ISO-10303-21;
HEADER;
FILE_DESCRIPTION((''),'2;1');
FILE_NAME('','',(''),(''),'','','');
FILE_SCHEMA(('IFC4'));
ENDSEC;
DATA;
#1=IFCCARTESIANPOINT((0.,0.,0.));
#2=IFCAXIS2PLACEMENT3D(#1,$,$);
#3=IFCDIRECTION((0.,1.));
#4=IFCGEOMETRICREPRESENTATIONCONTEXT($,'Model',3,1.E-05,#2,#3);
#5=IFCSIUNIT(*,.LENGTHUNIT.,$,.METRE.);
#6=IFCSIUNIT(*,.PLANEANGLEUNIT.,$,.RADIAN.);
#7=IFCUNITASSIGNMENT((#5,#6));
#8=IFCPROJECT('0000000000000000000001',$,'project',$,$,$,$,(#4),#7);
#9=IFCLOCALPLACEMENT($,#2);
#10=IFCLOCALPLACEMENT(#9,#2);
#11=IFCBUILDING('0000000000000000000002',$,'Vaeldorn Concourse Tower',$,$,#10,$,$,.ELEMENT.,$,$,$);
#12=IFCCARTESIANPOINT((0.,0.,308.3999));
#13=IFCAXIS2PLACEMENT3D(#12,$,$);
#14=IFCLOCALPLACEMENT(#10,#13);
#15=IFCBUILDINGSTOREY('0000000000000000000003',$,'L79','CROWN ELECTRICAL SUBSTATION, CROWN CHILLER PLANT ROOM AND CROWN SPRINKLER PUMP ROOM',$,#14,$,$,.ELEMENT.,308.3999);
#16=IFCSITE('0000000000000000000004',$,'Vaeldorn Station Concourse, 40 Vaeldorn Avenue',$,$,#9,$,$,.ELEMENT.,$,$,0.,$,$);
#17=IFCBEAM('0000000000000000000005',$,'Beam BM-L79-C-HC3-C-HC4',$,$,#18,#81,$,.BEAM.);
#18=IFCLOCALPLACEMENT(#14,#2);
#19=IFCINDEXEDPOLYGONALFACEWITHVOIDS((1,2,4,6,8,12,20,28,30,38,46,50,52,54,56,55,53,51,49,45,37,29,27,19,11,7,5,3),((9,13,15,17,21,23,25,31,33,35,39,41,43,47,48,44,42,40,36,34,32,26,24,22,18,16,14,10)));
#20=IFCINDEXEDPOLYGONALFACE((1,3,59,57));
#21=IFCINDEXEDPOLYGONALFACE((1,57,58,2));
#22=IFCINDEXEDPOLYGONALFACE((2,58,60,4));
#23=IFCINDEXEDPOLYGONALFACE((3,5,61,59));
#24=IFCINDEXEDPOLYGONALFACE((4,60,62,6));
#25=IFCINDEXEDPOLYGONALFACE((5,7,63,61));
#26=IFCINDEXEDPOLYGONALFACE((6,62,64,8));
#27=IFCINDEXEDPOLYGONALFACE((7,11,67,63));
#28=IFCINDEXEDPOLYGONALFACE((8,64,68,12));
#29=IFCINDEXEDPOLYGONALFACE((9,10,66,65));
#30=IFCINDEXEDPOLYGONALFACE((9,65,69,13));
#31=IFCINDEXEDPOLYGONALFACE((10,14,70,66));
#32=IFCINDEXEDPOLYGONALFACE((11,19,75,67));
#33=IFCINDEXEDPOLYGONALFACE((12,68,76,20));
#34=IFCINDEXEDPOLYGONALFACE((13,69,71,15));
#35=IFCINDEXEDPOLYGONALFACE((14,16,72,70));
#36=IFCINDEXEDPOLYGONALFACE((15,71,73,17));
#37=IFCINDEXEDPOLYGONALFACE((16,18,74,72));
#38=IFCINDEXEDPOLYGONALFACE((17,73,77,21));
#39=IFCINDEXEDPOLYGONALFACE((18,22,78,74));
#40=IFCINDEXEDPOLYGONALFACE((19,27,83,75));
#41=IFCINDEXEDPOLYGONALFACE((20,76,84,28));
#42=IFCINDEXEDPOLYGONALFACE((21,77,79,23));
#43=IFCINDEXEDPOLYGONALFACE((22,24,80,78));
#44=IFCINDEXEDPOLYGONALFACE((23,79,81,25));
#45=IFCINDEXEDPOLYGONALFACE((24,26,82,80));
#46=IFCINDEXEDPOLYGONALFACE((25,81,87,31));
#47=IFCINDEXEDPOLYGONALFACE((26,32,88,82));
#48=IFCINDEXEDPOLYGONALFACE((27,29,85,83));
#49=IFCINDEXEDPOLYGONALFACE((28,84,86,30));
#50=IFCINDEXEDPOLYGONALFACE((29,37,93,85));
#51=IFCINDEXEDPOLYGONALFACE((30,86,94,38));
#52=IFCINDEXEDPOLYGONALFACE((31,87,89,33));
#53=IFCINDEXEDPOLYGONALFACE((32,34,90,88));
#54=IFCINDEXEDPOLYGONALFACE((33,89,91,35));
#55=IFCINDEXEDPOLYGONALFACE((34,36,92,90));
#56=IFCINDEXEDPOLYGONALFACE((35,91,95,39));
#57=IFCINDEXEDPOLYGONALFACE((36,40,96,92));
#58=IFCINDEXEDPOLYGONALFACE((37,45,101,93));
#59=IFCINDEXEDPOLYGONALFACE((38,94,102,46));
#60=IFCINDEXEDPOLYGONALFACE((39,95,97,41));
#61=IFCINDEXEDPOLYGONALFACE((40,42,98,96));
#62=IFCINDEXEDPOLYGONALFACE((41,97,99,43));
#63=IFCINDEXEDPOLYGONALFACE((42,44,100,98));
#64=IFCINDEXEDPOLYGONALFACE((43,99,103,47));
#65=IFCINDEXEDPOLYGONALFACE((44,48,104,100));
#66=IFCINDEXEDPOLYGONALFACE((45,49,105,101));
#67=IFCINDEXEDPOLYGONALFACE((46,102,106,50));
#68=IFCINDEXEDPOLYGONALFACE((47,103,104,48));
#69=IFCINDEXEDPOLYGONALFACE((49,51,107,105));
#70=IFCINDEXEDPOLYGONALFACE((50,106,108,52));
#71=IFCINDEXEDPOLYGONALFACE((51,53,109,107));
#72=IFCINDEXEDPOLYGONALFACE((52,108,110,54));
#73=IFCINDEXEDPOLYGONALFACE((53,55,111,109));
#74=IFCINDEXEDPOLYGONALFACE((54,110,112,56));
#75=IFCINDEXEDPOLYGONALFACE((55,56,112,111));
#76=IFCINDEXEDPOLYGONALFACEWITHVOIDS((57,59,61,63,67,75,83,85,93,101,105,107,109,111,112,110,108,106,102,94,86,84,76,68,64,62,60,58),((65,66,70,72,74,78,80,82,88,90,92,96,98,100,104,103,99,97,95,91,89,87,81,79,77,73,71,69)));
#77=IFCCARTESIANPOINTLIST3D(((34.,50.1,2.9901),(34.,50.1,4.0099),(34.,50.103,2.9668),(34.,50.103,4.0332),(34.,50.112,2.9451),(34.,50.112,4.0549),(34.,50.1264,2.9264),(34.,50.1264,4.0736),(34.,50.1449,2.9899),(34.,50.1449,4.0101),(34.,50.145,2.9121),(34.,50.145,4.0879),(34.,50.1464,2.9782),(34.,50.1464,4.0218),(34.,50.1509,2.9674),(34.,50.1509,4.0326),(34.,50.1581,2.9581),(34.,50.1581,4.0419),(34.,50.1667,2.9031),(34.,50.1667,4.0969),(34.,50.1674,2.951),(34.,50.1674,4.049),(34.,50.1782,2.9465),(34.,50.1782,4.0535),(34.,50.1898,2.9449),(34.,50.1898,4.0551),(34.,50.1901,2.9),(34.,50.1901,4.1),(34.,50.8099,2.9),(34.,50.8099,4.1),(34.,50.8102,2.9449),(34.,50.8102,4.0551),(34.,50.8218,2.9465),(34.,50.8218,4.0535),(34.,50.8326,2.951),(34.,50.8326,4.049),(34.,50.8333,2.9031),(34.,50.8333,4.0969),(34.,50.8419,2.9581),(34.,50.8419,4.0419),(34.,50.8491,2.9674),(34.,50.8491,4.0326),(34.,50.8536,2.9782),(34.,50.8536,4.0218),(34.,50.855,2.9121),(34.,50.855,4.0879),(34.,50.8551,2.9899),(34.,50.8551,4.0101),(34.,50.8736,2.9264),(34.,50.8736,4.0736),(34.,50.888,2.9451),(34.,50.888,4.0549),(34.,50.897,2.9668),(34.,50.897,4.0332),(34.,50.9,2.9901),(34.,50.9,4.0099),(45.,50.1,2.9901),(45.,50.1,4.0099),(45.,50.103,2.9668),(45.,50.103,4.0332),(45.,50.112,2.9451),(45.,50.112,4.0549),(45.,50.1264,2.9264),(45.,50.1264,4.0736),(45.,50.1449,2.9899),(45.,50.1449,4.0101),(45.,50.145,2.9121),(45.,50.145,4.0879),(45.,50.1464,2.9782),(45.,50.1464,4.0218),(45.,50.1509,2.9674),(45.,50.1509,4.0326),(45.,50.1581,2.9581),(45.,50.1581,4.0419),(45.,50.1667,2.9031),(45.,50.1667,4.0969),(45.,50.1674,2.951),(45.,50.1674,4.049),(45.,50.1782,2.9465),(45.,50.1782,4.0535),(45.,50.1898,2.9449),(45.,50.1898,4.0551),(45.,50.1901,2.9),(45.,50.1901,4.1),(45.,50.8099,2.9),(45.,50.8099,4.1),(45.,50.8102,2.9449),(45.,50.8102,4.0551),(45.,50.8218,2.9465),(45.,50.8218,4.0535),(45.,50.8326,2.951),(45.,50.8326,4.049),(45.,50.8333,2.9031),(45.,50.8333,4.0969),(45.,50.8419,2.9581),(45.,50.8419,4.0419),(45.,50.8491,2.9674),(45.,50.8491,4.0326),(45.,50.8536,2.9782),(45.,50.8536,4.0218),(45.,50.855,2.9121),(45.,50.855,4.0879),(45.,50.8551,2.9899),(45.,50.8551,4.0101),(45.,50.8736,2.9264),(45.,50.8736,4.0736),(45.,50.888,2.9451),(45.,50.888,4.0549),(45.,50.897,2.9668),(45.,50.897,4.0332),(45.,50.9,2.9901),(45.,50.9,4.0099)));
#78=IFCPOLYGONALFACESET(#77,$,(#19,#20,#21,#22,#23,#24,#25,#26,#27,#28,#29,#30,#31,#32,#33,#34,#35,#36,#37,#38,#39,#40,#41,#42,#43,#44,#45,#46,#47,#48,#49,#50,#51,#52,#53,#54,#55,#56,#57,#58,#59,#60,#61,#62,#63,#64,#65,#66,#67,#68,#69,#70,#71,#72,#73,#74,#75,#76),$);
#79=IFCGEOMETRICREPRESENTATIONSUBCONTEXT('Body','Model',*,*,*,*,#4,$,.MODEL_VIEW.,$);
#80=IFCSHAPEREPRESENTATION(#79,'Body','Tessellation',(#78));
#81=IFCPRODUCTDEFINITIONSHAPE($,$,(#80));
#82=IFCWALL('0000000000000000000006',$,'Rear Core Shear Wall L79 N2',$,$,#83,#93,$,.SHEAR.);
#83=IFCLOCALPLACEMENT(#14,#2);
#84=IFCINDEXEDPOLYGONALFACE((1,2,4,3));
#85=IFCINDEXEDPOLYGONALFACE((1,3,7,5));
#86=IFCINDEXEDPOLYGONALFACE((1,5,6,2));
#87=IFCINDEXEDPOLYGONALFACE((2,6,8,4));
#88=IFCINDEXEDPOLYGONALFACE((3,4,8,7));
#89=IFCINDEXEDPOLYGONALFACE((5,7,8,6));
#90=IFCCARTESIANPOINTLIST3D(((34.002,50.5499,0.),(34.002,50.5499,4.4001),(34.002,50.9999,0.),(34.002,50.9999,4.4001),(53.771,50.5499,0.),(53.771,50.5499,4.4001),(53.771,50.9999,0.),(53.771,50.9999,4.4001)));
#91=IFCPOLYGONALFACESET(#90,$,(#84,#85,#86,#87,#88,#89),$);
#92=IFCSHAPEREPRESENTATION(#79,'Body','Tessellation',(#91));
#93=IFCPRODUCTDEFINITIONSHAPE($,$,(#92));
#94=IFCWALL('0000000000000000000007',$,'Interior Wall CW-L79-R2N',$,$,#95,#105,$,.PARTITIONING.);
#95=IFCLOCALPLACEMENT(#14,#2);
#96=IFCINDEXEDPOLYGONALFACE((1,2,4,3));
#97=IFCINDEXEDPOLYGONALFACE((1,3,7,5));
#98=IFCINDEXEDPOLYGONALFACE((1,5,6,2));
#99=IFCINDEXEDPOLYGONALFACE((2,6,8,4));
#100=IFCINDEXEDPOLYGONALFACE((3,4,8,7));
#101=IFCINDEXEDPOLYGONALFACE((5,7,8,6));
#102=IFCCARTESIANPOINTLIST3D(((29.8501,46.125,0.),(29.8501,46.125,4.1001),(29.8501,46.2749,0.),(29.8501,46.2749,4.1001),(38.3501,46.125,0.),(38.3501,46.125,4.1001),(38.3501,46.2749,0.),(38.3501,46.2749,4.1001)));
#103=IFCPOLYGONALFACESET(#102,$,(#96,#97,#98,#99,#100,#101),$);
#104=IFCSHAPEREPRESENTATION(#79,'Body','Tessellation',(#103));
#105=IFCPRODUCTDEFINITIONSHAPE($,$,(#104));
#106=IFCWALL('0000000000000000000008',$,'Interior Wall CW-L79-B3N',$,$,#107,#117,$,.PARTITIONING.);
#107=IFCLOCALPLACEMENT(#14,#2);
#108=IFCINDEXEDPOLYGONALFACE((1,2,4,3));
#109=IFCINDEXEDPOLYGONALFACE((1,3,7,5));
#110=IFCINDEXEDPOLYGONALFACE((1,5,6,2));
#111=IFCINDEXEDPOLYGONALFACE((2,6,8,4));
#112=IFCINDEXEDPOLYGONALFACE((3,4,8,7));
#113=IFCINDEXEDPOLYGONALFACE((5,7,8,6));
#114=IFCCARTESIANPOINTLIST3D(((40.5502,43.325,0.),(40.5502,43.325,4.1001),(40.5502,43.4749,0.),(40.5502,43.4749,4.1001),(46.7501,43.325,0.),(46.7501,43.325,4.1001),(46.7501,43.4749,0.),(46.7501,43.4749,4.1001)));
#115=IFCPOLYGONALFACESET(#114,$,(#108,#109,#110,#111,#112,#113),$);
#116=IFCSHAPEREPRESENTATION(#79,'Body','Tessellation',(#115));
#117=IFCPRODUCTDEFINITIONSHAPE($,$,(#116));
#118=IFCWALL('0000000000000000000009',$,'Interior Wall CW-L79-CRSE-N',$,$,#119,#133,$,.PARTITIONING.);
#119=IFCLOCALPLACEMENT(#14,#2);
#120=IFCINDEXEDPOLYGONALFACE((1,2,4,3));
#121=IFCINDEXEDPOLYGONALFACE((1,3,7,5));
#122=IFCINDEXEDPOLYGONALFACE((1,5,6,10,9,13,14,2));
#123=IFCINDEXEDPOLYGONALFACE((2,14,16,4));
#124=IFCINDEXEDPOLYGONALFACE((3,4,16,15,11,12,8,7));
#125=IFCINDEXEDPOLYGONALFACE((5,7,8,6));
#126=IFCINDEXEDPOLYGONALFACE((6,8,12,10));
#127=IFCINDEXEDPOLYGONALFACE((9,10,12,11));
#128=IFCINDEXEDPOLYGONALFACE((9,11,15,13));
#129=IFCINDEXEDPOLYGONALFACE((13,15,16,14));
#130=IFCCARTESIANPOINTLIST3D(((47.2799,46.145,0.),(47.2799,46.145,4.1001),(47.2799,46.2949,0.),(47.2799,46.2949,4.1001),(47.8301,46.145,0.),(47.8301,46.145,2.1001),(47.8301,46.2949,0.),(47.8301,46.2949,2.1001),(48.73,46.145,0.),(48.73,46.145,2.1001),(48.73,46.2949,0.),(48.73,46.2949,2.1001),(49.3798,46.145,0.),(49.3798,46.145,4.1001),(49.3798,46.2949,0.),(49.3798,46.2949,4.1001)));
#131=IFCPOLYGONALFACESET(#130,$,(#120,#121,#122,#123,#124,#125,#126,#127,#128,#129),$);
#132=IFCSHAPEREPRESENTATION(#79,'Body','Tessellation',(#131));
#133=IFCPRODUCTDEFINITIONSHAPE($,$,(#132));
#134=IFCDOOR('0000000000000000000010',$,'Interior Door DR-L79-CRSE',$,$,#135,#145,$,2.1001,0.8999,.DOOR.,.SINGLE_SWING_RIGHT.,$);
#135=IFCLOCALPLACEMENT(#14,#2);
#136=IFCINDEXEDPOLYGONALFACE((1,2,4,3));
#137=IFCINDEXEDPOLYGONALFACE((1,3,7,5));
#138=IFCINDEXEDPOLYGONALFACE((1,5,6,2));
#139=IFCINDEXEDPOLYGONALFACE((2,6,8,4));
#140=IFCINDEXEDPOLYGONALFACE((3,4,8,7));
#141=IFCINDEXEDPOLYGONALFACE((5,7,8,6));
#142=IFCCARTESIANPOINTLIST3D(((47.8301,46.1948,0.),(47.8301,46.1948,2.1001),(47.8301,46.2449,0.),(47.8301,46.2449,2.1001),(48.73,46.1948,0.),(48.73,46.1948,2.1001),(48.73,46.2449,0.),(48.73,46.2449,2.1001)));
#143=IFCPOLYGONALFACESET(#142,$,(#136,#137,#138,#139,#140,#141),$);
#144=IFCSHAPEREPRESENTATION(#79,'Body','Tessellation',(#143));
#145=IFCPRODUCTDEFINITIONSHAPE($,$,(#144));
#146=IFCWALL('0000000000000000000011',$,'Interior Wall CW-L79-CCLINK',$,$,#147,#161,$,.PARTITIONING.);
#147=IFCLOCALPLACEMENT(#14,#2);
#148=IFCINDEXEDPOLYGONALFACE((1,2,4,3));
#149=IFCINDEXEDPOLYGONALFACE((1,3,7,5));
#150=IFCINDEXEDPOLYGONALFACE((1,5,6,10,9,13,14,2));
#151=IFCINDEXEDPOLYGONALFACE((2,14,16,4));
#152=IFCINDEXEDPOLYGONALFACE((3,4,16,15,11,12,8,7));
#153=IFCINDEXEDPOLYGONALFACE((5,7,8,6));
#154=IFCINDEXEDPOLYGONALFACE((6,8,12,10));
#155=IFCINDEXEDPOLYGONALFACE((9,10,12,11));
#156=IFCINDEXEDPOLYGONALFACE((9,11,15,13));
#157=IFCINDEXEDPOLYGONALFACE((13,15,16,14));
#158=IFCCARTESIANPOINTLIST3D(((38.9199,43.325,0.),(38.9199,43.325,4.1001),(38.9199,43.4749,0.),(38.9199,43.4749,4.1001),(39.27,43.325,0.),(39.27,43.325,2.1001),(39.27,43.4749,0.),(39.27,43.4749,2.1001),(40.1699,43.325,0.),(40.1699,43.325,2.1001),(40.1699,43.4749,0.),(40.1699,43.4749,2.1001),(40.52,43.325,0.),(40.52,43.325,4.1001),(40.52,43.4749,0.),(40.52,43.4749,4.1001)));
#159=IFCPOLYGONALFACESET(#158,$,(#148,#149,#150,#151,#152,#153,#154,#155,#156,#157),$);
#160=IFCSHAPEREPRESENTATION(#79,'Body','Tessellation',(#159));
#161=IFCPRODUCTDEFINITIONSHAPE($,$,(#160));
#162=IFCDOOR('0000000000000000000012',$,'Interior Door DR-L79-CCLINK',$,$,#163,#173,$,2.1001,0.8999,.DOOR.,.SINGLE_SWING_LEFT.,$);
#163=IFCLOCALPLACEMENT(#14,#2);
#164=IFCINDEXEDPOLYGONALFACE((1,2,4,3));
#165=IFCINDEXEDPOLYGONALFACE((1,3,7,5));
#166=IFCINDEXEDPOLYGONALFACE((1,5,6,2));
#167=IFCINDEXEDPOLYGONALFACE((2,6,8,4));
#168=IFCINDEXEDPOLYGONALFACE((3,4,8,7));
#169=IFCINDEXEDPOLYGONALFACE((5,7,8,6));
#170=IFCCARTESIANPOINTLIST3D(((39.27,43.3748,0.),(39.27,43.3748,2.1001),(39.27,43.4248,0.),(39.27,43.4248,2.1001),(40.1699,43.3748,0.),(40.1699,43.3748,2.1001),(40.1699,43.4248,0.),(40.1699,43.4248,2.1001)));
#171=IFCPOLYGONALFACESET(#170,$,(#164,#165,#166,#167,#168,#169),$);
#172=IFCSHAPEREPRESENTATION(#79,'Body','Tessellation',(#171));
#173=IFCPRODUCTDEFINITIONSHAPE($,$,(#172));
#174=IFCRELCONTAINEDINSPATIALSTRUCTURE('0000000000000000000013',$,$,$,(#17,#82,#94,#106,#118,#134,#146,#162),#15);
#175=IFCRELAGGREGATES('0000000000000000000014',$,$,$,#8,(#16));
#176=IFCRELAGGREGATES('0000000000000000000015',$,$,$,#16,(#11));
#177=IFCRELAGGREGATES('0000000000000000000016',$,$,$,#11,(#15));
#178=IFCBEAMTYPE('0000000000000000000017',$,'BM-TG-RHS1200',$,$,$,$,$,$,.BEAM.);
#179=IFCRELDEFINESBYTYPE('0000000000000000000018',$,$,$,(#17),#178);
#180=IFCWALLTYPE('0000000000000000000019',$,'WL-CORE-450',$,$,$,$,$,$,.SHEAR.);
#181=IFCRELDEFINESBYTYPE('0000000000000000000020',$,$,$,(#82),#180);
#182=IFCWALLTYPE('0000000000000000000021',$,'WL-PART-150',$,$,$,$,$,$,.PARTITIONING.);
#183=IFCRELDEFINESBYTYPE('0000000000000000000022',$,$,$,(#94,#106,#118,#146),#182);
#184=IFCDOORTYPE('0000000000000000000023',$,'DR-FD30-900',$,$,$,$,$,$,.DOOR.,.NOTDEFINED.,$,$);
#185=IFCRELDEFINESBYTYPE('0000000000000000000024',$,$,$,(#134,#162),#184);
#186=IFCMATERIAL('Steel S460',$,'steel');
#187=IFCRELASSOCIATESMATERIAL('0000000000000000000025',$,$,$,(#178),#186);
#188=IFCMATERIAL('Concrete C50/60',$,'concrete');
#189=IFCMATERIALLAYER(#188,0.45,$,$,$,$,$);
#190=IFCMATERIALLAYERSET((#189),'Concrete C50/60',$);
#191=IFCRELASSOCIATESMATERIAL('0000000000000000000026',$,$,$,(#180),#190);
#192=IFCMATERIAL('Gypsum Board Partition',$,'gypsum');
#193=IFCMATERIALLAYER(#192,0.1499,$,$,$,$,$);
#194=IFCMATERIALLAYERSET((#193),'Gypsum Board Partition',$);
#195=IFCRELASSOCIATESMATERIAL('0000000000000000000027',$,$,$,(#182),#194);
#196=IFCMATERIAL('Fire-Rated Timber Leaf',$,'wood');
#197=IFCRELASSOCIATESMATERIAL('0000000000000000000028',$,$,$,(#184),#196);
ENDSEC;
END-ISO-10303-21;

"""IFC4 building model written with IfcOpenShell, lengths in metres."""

from ifc_helpers import new_model, si_unit, direction, frame, frame_2d, origin, origin_2d, place, context, subcontext, project, spatial, rectangle, hollow_rectangle, extrude, source, transform, mapped, material, layer, layer_set, material_profile, profile_set, type_object, element, fill, save


model = new_model("IFC4")

# Units and contexts
model_context = context("Model", 3, precision=1e-05, world=origin(), true_north=direction((0.0, 1.0)))
body_context = subcontext(model_context, "Body", "Model", "MODEL_VIEW")
ifc_project = project(units=[si_unit("LENGTHUNIT", "METRE"), si_unit("PLANEANGLEUNIT", "RADIAN")], contexts=[model_context])

# Site, building, storey
site_placement = place(None, origin())
site = spatial("IfcSite", under=ifc_project, at=site_placement, Name="Vaeldorn Station Concourse, 40 Vaeldorn Avenue", CompositionType="ELEMENT", RefElevation=0.0)
building_placement = place(site_placement, origin())
building = spatial("IfcBuilding", under=site, at=building_placement, Name="Vaeldorn Concourse Tower", CompositionType="ELEMENT")
storey_placement = place(building_placement, frame((0.0, 0.0, 308.3999)))
storey = spatial("IfcBuildingStorey", under=building, at=storey_placement, Name="L79", Description="CROWN ELECTRICAL SUBSTATION, CROWN CHILLER PLANT ROOM AND CROWN SPRINKLER PUMP ROOM", CompositionType="ELEMENT", Elevation=308.3999)

# Beam
ifc_material_1 = material(Name="Steel S460", Category="steel")
ifc_material_profile_1 = material_profile(ifc_material_1, hollow_rectangle(XDim=0.8, YDim=1.2, WallThickness=0.0449, InnerFilletRadius=0.0449, OuterFilletRadius=0.0901, at=origin_2d()), Name="RHS 1200x800x45")
ifc_profile_set_1 = profile_set([ifc_material_profile_1], Name="Steel S460")
beam_type = type_object("IfcBeamType", Name="BM-TG-RHS1200", PredefinedType="BEAM", material=ifc_profile_set_1)
shared_shape_1 = source(origin(), body_context, "Body", "SweptSolid", [
    extrude(hollow_rectangle(XDim=0.8, YDim=1.2, WallThickness=0.0449, InnerFilletRadius=0.0449, OuterFilletRadius=0.0901, at=origin_2d()), origin(), (0.0, 0.0, 1.0), 11.0),
])
beam_1_placement = place(storey_placement, frame((34.0, 50.5, 3.5), z_axis=(1.0, 0.0, 0.0), x_axis=(0.0, 1.0, 0.0)))
element("IfcBeam", 1, at=beam_1_placement, inside=storey, type_object=beam_type, Name="Beam BM-L79-C-HC3-C-HC4", PredefinedType="BEAM", context=body_context, shape_type="MappedRepresentation", body=[
    mapped(shared_shape_1, transform((0.0, 0.0, 0.0), scale=1.0)),
])

# Walls
ifc_material_2 = material(Name="Concrete C50/60", Category="concrete")
ifc_layer_1 = layer(ifc_material_2, 0.45)
ifc_layer_set_1 = layer_set([ifc_layer_1], Name="Concrete C50/60")
wall_type_1 = type_object("IfcWallType", Name="WL-CORE-450", PredefinedType="SHEAR", material=ifc_layer_set_1)
wall_1_placement = place(storey_placement, frame((34.002, 50.7749, 0.0), z_axis=(0.0, 0.0, 1.0), x_axis=(1.0, 0.0, 0.0)))
element("IfcWall", 2, at=wall_1_placement, inside=storey, type_object=wall_type_1, Name="Rear Core Shear Wall L79 N2", PredefinedType="SHEAR", context=body_context, shape_type="SweptSolid", body=[
    extrude(rectangle(XDim=19.769, YDim=0.45, at=frame_2d((9.8845, 0.0))), origin(), (0.0, 0.0, 1.0), 4.4001),
])
ifc_material_3 = material(Name="Gypsum Board Partition", Category="gypsum")
ifc_layer_2 = layer(ifc_material_3, 0.1499)
ifc_layer_set_2 = layer_set([ifc_layer_2], Name="Gypsum Board Partition")
wall_type_2 = type_object("IfcWallType", Name="WL-PART-150", PredefinedType="PARTITIONING", material=ifc_layer_set_2)
wall_2_placement = place(storey_placement, frame((29.8501, 46.2, 0.0), z_axis=(0.0, 0.0, 1.0), x_axis=(1.0, 0.0, 0.0)))
element("IfcWall", 3, at=wall_2_placement, inside=storey, type_object=wall_type_2, Name="Interior Wall CW-L79-R2N", PredefinedType="PARTITIONING", context=body_context, shape_type="SweptSolid", body=[
    extrude(rectangle(XDim=8.5, YDim=0.1499, at=frame_2d((4.25, 0.0))), origin(), (0.0, 0.0, 1.0), 4.1001),
])
wall_3_placement = place(storey_placement, frame((40.55, 43.3999, 0.0), z_axis=(0.0, 0.0, 1.0), x_axis=(1.0, 0.0, 0.0)))
element("IfcWall", 4, at=wall_3_placement, inside=storey, type_object=wall_type_2, Name="Interior Wall CW-L79-B3N", PredefinedType="PARTITIONING", context=body_context, shape_type="SweptSolid", body=[
    extrude(rectangle(XDim=6.2, YDim=0.1499, at=frame_2d((3.1001, 0.0))), origin(), (0.0, 0.0, 1.0), 4.1001),
])

# Walls, openings, doors
wall_4_placement = place(storey_placement, frame((47.28, 46.22, 0.0), z_axis=(0.0, 0.0, 1.0), x_axis=(1.0, 0.0, 0.0)))
wall_4 = element("IfcWall", 5, at=wall_4_placement, inside=storey, type_object=wall_type_2, Name="Interior Wall CW-L79-CRSE-N", PredefinedType="PARTITIONING", context=body_context, shape_type="SweptSolid", body=[
    extrude(rectangle(XDim=2.0999, YDim=0.1499, at=frame_2d((1.0498, 0.0))), origin(), (0.0, 0.0, 1.0), 4.1001),
])
opening_1_placement = place(wall_4_placement, frame((0.55, 0.0, 0.0)))
opening_1 = element("IfcOpeningElement", 6, at=opening_1_placement, cuts=wall_4, PredefinedType="OPENING", context=body_context, shape_type="SweptSolid", body=[
    extrude(rectangle(XDim=0.8999, YDim=2.1001, at=frame_2d((0.45, 1.05))), frame((0.0, 0.085, 0.0), z_axis=(0.0, -1.0, 0.0), x_axis=(1.0, 0.0, 0.0)), (0.0, 0.0, 1.0), 0.1699),
])
ifc_material_4 = material(Name="Fire-Rated Timber Leaf", Category="wood")
door_type_1 = type_object("IfcDoorType", Name="DR-FD30-900", OperationType="NOTDEFINED", PredefinedType="DOOR", material=ifc_material_4)
shared_shape_2 = source(origin(), body_context, "Body", "SweptSolid", [
    extrude(rectangle(XDim=0.8999, YDim=2.1001, at=frame_2d((0.45, 1.05))), frame((0.0, 0.0249, 0.0), z_axis=(0.0, -1.0, 0.0), x_axis=(1.0, 0.0, 0.0)), (0.0, 0.0, 1.0), 0.05),
])
door_1_placement = place(opening_1_placement, origin())
door_1 = element("IfcDoor", 7, at=door_1_placement, inside=storey, type_object=door_type_1, Name="Interior Door DR-L79-CRSE", OperationType="SINGLE_SWING_RIGHT", OverallHeight=2.1001, OverallWidth=0.8999, PredefinedType="DOOR", context=body_context, shape_type="MappedRepresentation", body=[
    mapped(shared_shape_2, transform((0.0, 0.0, 0.0), scale=1.0)),
])
fill(opening_1, door_1)
wall_5_placement = place(storey_placement, frame((38.9199, 43.3999, 0.0), z_axis=(0.0, 0.0, 1.0), x_axis=(1.0, 0.0, 0.0)))
wall_5 = element("IfcWall", 8, at=wall_5_placement, inside=storey, type_object=wall_type_2, Name="Interior Wall CW-L79-CCLINK", PredefinedType="PARTITIONING", context=body_context, shape_type="SweptSolid", body=[
    extrude(rectangle(XDim=1.6001, YDim=0.1499, at=frame_2d((0.8, 0.0))), origin(), (0.0, 0.0, 1.0), 4.1001),
])
opening_2_placement = place(wall_5_placement, frame((0.3501, 0.0, 0.0)))
opening_2 = element("IfcOpeningElement", 9, at=opening_2_placement, cuts=wall_5, PredefinedType="OPENING", context=body_context, shape_type="SweptSolid", body=[
    extrude(rectangle(XDim=0.8999, YDim=2.1001, at=frame_2d((0.45, 1.05))), frame((0.0, 0.085, 0.0), z_axis=(0.0, -1.0, 0.0), x_axis=(1.0, 0.0, 0.0)), (0.0, 0.0, 1.0), 0.1699),
])
door_2_placement = place(opening_2_placement, origin())
door_2 = element("IfcDoor", 10, at=door_2_placement, inside=storey, type_object=door_type_1, Name="Interior Door DR-L79-CCLINK", OperationType="SINGLE_SWING_LEFT", OverallHeight=2.1001, OverallWidth=0.8999, PredefinedType="DOOR", context=body_context, shape_type="MappedRepresentation", body=[
    mapped(shared_shape_2, transform((0.0, 0.0, 0.0), scale=1.0)),
])
fill(opening_2, door_2)

save(model, "model.ifc")
